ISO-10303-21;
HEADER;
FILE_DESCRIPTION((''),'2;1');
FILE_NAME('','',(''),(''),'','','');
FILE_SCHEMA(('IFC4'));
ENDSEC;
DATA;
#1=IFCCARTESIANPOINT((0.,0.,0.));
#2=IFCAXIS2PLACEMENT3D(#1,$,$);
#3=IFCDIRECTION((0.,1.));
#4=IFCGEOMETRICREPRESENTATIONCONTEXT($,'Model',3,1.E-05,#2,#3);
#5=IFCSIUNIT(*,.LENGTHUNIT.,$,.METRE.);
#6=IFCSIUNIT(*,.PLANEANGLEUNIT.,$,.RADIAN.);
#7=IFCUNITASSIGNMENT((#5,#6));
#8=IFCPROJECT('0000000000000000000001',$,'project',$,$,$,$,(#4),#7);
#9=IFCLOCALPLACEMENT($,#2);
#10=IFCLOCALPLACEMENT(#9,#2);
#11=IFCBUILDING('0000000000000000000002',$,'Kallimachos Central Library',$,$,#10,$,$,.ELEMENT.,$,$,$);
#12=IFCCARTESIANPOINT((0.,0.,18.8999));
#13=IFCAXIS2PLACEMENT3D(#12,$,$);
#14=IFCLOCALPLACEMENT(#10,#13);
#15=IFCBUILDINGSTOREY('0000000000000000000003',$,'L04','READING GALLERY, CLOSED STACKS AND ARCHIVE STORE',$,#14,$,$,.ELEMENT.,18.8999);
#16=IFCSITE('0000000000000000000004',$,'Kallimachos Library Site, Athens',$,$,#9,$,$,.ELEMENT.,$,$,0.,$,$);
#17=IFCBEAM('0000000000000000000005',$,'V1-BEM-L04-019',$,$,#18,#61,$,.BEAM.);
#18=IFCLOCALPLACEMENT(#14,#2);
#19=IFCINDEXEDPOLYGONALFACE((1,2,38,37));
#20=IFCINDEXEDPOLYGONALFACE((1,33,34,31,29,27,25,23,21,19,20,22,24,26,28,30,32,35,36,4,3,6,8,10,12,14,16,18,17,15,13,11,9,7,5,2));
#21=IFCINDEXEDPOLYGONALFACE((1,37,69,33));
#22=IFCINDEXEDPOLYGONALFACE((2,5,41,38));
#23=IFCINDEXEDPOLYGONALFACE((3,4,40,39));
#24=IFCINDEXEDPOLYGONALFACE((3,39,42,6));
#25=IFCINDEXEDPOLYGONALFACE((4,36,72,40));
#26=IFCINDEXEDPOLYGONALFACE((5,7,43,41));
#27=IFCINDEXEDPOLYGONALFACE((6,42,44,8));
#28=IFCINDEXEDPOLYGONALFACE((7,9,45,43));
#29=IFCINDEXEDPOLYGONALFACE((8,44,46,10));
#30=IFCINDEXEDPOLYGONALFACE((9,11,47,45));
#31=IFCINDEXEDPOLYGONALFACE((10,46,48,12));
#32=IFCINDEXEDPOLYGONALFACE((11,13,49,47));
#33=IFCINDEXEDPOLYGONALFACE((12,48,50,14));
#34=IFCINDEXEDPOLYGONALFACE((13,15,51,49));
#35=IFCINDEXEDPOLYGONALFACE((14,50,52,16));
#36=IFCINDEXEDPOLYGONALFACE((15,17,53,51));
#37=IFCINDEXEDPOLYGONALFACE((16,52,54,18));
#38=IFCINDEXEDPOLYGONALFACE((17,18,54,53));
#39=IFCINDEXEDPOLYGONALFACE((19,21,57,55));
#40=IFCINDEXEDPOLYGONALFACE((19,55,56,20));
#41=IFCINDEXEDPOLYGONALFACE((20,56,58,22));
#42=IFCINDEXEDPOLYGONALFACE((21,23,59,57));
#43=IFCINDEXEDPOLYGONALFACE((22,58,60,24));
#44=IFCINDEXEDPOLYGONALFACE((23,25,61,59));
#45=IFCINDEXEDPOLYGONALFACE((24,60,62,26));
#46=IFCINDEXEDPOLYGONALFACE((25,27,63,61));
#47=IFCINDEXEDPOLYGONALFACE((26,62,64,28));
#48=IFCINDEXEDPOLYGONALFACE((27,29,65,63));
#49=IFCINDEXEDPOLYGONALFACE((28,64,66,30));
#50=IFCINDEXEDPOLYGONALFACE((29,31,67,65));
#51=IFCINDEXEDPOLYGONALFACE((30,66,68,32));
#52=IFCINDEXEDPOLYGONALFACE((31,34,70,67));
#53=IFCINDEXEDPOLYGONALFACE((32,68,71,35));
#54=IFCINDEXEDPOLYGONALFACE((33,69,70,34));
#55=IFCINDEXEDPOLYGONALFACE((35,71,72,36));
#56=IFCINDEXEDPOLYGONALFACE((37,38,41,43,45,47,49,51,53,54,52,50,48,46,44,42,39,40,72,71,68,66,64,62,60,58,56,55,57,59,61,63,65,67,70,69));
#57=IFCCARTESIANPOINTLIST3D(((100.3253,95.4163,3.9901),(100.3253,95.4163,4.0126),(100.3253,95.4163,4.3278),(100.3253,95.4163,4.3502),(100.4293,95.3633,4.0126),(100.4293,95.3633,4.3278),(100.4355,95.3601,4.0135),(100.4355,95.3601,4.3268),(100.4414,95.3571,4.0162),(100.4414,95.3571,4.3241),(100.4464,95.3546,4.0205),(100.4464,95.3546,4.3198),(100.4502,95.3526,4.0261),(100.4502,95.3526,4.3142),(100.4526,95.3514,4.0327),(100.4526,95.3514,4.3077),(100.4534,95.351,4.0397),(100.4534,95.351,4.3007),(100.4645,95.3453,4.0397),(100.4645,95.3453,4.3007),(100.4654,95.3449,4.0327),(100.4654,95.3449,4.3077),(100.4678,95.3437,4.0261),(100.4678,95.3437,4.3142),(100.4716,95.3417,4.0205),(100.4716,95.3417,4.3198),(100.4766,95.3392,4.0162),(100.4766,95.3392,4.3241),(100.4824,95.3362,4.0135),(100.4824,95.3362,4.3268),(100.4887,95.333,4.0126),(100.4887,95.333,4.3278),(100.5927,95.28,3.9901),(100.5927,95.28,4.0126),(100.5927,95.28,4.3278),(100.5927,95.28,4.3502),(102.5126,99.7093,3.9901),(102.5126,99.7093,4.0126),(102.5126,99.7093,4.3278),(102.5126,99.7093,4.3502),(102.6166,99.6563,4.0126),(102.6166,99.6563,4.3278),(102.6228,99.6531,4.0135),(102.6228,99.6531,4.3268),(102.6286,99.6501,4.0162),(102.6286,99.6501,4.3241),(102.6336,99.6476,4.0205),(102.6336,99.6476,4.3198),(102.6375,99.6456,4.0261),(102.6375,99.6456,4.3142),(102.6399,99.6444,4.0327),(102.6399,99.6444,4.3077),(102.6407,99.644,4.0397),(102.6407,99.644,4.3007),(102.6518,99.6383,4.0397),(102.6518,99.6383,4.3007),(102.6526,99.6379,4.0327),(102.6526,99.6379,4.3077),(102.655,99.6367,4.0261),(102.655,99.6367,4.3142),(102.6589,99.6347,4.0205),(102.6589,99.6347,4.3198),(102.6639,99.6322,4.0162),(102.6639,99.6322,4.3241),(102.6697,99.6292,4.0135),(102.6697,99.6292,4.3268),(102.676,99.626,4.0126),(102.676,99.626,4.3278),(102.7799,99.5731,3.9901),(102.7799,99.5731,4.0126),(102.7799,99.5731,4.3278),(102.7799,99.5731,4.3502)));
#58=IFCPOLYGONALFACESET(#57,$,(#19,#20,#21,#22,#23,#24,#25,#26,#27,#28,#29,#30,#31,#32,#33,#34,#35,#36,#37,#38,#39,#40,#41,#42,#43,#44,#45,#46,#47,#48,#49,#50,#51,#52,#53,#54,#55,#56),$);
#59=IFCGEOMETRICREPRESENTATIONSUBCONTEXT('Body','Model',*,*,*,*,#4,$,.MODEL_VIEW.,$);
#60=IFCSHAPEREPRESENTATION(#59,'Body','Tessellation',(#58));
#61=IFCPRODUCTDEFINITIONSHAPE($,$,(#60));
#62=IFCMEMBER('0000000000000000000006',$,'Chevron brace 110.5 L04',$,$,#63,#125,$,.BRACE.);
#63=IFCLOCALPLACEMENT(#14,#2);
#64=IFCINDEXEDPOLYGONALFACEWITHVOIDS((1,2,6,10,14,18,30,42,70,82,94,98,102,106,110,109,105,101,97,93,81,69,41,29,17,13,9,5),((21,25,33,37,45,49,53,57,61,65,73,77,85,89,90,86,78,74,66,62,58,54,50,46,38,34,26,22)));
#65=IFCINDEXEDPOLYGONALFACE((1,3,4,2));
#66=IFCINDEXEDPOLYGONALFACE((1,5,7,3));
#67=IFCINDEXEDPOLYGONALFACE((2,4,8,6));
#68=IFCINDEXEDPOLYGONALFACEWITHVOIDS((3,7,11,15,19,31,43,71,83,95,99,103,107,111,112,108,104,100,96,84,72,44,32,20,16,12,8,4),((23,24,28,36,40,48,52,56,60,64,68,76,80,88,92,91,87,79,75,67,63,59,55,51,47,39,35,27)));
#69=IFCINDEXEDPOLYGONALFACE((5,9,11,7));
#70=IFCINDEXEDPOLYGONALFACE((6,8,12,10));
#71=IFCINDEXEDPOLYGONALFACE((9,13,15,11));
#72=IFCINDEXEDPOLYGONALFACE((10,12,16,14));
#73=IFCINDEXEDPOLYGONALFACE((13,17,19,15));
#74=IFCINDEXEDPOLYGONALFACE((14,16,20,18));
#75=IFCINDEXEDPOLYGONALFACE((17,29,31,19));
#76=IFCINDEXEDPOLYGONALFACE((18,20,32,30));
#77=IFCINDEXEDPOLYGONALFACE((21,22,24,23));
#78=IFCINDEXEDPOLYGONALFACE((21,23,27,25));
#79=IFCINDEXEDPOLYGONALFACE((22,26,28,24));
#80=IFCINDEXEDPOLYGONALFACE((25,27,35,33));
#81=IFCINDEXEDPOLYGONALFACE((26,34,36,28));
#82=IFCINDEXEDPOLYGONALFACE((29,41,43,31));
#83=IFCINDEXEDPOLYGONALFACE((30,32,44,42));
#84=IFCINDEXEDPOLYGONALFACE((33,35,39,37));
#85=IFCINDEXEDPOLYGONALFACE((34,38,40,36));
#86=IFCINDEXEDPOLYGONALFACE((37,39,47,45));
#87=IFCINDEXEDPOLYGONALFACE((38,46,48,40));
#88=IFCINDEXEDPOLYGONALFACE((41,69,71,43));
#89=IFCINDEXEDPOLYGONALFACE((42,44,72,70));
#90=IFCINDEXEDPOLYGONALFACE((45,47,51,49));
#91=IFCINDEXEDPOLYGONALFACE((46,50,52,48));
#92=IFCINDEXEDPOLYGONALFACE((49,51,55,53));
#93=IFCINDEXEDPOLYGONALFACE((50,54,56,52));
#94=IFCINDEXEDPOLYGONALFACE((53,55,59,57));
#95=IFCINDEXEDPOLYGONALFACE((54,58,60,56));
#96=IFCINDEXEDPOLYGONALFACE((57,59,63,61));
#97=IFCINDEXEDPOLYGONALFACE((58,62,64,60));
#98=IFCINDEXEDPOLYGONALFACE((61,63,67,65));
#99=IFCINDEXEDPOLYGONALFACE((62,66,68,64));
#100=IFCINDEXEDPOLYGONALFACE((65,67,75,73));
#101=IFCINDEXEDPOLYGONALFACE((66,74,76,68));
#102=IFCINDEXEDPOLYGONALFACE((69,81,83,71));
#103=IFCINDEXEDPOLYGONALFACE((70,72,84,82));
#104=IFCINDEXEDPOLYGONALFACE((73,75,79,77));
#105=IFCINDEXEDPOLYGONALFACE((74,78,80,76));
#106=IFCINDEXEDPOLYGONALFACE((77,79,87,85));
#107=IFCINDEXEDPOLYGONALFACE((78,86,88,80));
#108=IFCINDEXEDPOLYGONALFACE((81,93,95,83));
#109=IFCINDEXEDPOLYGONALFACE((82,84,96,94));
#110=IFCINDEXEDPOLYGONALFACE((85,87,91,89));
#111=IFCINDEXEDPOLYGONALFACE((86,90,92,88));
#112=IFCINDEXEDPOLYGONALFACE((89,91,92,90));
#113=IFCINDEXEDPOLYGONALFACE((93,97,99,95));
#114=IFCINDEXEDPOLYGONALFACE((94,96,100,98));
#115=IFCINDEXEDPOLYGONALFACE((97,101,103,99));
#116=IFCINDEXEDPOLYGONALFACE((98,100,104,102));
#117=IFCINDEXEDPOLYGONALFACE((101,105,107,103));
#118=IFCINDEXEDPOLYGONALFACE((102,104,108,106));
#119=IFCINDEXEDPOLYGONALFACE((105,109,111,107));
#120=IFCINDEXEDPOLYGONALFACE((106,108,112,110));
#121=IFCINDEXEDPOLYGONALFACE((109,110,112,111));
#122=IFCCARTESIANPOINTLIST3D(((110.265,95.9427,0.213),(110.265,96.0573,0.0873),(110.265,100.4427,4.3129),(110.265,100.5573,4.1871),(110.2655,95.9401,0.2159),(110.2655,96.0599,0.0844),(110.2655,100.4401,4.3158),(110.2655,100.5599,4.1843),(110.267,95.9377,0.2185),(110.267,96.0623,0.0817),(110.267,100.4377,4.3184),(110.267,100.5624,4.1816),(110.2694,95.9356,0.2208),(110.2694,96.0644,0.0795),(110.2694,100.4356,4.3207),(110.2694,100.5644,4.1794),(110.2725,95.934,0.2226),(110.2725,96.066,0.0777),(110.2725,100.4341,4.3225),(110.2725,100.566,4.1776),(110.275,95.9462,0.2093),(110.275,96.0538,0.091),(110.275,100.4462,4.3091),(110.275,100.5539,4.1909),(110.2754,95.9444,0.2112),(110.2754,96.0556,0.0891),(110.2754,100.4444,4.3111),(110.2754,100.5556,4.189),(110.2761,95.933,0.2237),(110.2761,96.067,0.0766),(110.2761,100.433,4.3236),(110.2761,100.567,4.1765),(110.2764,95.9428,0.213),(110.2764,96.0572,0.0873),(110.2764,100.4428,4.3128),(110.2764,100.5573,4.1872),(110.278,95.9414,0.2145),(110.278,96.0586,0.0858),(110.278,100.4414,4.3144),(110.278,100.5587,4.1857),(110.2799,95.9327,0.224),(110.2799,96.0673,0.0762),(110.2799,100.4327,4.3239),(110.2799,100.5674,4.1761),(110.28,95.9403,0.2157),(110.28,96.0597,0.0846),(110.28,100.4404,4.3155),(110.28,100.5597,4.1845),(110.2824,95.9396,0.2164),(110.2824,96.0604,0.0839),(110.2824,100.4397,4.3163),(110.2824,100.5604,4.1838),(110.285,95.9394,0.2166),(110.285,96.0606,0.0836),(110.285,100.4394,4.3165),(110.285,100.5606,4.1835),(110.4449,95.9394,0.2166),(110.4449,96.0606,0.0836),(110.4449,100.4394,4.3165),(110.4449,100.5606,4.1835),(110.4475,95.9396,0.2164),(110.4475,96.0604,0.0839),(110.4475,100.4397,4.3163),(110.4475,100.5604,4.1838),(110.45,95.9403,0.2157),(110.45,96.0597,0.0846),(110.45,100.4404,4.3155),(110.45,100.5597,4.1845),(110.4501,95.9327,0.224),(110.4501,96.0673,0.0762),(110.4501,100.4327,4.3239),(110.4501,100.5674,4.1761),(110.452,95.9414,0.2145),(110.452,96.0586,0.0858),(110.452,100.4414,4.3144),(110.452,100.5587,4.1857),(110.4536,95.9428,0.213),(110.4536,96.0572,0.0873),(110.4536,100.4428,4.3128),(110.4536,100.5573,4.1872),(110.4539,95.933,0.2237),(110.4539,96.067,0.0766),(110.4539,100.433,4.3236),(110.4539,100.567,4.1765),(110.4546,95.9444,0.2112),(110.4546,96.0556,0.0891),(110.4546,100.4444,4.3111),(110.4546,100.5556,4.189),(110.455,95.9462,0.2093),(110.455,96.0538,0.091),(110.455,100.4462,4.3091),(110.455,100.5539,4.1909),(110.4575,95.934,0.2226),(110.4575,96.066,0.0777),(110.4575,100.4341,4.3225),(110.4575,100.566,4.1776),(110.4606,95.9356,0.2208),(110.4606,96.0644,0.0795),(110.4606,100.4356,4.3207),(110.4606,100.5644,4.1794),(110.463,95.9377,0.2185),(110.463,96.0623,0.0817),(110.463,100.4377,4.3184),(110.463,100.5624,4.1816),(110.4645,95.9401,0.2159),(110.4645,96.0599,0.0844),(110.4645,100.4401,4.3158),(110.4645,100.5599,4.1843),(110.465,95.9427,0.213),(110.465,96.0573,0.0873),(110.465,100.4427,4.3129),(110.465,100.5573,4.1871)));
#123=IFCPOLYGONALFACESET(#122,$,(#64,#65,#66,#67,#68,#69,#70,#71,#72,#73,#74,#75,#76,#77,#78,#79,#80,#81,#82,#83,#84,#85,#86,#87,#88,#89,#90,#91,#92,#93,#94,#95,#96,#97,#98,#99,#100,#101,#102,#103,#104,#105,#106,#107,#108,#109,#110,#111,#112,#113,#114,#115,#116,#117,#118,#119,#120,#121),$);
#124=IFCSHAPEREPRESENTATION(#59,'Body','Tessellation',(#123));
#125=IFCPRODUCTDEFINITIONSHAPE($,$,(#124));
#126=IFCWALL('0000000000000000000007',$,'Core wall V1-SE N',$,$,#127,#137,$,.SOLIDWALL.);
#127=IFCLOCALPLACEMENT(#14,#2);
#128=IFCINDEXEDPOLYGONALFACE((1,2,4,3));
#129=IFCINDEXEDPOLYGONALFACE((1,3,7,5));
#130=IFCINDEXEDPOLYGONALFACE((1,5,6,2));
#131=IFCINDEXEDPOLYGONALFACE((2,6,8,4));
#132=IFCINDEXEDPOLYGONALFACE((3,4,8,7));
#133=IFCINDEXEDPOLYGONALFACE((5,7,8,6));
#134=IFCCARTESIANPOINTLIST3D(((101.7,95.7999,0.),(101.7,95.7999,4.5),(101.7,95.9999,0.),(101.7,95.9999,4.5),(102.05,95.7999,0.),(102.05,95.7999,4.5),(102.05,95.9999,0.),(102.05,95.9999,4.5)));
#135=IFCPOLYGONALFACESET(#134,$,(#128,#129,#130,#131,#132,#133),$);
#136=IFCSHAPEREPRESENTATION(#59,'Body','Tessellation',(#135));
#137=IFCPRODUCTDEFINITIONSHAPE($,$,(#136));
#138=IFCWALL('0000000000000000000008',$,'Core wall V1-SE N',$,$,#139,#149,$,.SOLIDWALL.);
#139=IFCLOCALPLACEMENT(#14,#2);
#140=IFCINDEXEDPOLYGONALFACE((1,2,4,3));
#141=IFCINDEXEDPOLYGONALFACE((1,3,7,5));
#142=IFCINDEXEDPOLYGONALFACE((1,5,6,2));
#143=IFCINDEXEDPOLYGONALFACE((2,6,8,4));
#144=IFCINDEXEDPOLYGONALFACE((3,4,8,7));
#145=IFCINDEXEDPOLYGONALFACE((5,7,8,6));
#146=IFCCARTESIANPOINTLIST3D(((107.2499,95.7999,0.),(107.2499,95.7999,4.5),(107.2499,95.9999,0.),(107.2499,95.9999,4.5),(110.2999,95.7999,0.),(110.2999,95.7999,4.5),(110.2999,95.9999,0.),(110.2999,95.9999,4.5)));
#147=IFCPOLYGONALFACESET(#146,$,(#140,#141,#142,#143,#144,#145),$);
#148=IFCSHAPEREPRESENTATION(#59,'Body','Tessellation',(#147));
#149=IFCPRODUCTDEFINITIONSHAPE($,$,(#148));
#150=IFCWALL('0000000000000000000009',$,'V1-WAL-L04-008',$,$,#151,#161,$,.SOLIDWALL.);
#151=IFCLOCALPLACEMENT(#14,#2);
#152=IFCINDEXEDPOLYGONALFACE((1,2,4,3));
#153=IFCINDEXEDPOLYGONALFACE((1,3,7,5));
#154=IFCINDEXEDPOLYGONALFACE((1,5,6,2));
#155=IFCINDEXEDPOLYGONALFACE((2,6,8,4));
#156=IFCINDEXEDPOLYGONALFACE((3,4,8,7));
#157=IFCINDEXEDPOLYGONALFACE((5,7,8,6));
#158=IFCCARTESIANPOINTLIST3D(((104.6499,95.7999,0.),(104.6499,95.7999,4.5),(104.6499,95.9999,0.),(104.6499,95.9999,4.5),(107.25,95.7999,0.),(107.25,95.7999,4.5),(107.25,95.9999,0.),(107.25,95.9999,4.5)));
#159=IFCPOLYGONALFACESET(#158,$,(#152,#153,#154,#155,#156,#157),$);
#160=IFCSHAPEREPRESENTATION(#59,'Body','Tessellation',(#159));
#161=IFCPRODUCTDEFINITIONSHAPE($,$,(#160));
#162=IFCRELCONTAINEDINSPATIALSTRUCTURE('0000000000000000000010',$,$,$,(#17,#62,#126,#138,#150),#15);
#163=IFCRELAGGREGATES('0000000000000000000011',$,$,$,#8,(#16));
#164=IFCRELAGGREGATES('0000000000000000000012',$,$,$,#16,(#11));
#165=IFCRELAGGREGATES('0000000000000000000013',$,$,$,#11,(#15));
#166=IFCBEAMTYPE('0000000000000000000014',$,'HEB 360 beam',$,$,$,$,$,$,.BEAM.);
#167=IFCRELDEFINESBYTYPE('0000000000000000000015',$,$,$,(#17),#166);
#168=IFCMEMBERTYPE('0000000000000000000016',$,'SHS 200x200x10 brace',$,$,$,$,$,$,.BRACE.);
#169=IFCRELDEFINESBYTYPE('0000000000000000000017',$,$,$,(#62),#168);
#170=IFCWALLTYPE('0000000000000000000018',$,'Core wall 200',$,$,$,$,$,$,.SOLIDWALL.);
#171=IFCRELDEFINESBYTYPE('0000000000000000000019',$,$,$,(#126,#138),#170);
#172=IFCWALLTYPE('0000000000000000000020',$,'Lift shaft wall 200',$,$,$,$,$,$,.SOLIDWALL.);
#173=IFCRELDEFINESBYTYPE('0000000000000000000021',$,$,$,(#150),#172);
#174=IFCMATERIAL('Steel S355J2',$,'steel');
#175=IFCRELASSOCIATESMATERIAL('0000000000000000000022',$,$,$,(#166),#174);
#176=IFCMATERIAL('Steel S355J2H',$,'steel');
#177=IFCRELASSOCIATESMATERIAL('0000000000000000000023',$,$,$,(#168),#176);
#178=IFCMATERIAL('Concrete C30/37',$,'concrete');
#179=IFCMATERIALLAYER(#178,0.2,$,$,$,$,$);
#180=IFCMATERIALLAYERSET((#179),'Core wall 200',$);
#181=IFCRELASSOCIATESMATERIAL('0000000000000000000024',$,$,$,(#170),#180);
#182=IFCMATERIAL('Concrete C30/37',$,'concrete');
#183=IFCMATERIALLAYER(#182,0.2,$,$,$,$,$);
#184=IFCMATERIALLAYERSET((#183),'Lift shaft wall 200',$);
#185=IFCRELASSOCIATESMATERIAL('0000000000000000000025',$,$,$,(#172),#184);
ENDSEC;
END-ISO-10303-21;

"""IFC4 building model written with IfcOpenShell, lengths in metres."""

from ifc_helpers import new_model, si_unit, direction, frame, frame_2d, origin, origin_2d, place, context, subcontext, project, spatial, rectangle, hollow_rectangle, i_section, extrude, material, layer, layer_set, material_profile, profile_set, type_object, element, save


model = new_model("IFC4")

# Units and contexts
model_context = context("Model", 3, precision=1e-05, world=origin(), true_north=direction((0.0, 1.0)))
body_context = subcontext(model_context, "Body", "Model", "MODEL_VIEW")
ifc_project = project(units=[si_unit("LENGTHUNIT", "METRE"), si_unit("PLANEANGLEUNIT", "RADIAN")], contexts=[model_context])

# Site, building, storey
site_placement = place(None, origin())
site = spatial("IfcSite", under=ifc_project, at=site_placement, Name="Kallimachos Library Site, Athens", CompositionType="ELEMENT", RefElevation=0.0)
building_placement = place(site_placement, origin())
building = spatial("IfcBuilding", under=site, at=building_placement, Name="Kallimachos Central Library", CompositionType="ELEMENT")
storey_placement = place(building_placement, frame((0.0, 0.0, 18.8999)))
storey = spatial("IfcBuildingStorey", under=building, at=storey_placement, Name="L04", Description="READING GALLERY, CLOSED STACKS AND ARCHIVE STORE", CompositionType="ELEMENT", Elevation=18.8999)

# Beam
ifc_material_1 = material(Name="Steel S355J2", Category="steel")
ifc_material_profile_1 = material_profile(ifc_material_1, i_section(OverallWidth=0.3, OverallDepth=0.3601, WebThickness=0.0125, FlangeThickness=0.0225, FilletRadius=0.0271, at=origin_2d()), Name="HEB 360")
ifc_profile_set_1 = profile_set([ifc_material_profile_1], Name="Steel S355J2")
beam_type_1 = type_object("IfcBeamType", Name="HEB 360 beam", PredefinedType="BEAM", material=ifc_profile_set_1)
beam_1_placement = place(storey_placement, frame((100.459, 95.3481, 4.1702), z_axis=(0.453971, 0.891017, 0.0), x_axis=(-0.891017, 0.453971, 0.0)))
element("IfcBeam", 1, at=beam_1_placement, inside=storey, type_object=beam_type_1, Name="V1-BEM-L04-019", PredefinedType="BEAM", context=body_context, shape_type="SweptSolid", body=[
    extrude(i_section(OverallWidth=0.3, OverallDepth=0.3601, WebThickness=0.0125, FlangeThickness=0.0225, FilletRadius=0.0271, at=origin_2d()), origin(), (0.0, 0.0, 1.0), 4.8181),
])

# Member
ifc_material_2 = material(Name="Steel S355J2H", Category="steel")
ifc_material_profile_2 = material_profile(ifc_material_2, hollow_rectangle(XDim=0.2, YDim=0.2, WallThickness=0.01, InnerFilletRadius=0.01, OuterFilletRadius=0.0149, at=origin_2d()), Name="SHS 200x200x10")
ifc_profile_set_2 = profile_set([ifc_material_profile_2], Name="Steel S355J2H")
member_type = type_object("IfcMemberType", Name="SHS 200x200x10 brace", PredefinedType="BRACE", material=ifc_profile_set_2)
member_placement = place(storey_placement, frame((110.365, 96.0, 0.1501), z_axis=(0.0, 0.739208, 0.673477), x_axis=(-1.0, 0.0, 0.0)))
element("IfcMember", 2, at=member_placement, inside=storey, type_object=member_type, Name="Chevron brace 110.5 L04", PredefinedType="BRACE", context=body_context, shape_type="SweptSolid", body=[
    extrude(hollow_rectangle(XDim=0.2, YDim=0.2, WallThickness=0.01, InnerFilletRadius=0.01, OuterFilletRadius=0.0149, at=origin_2d()), origin(), (0.0, 0.0, 1.0), 6.0876),
])

# Walls
ifc_material_3 = material(Name="Concrete C30/37", Category="concrete")
ifc_layer_1 = layer(ifc_material_3, 0.2)
ifc_layer_set_1 = layer_set([ifc_layer_1], Name="Core wall 200")
wall_type_1 = type_object("IfcWallType", Name="Core wall 200", PredefinedType="SOLIDWALL", material=ifc_layer_set_1)
wall_1_placement = place(storey_placement, frame((101.7, 95.8999, 0.0), z_axis=(0.0, 0.0, 1.0), x_axis=(1.0, 0.0, 0.0)))
element("IfcWall", 3, at=wall_1_placement, inside=storey, type_object=wall_type_1, Name="Core wall V1-SE N", PredefinedType="SOLIDWALL", context=body_context, shape_type="SweptSolid", body=[
    extrude(rectangle(XDim=0.3501, YDim=0.2, at=frame_2d((0.175, 0.0))), origin(), (0.0, 0.0, 1.0), 4.5),
])
wall_2_placement = place(storey_placement, frame((107.25, 95.8999, 0.0), z_axis=(0.0, 0.0, 1.0), x_axis=(1.0, 0.0, 0.0)))
element("IfcWall", 4, at=wall_2_placement, inside=storey, type_object=wall_type_1, Name="Core wall V1-SE N", PredefinedType="SOLIDWALL", context=body_context, shape_type="SweptSolid", body=[
    extrude(rectangle(XDim=3.05, YDim=0.2, at=frame_2d((1.5249, 0.0))), origin(), (0.0, 0.0, 1.0), 4.5),
])
ifc_material_4 = material(Name="Concrete C30/37", Category="concrete")
ifc_layer_2 = layer(ifc_material_4, 0.2)
ifc_layer_set_2 = layer_set([ifc_layer_2], Name="Lift shaft wall 200")
wall_type_2 = type_object("IfcWallType", Name="Lift shaft wall 200", PredefinedType="SOLIDWALL", material=ifc_layer_set_2)
wall_3_placement = place(storey_placement, frame((104.6499, 95.8999, 0.0), z_axis=(0.0, 0.0, 1.0), x_axis=(1.0, 0.0, 0.0)))
element("IfcWall", 5, at=wall_3_placement, inside=storey, type_object=wall_type_2, Name="V1-WAL-L04-008", PredefinedType="SOLIDWALL", context=body_context, shape_type="SweptSolid", body=[
    extrude(rectangle(XDim=2.6001, YDim=0.2, at=frame_2d((1.3, 0.0))), origin(), (0.0, 0.0, 1.0), 4.5),
])

save(model, "model.ifc")
